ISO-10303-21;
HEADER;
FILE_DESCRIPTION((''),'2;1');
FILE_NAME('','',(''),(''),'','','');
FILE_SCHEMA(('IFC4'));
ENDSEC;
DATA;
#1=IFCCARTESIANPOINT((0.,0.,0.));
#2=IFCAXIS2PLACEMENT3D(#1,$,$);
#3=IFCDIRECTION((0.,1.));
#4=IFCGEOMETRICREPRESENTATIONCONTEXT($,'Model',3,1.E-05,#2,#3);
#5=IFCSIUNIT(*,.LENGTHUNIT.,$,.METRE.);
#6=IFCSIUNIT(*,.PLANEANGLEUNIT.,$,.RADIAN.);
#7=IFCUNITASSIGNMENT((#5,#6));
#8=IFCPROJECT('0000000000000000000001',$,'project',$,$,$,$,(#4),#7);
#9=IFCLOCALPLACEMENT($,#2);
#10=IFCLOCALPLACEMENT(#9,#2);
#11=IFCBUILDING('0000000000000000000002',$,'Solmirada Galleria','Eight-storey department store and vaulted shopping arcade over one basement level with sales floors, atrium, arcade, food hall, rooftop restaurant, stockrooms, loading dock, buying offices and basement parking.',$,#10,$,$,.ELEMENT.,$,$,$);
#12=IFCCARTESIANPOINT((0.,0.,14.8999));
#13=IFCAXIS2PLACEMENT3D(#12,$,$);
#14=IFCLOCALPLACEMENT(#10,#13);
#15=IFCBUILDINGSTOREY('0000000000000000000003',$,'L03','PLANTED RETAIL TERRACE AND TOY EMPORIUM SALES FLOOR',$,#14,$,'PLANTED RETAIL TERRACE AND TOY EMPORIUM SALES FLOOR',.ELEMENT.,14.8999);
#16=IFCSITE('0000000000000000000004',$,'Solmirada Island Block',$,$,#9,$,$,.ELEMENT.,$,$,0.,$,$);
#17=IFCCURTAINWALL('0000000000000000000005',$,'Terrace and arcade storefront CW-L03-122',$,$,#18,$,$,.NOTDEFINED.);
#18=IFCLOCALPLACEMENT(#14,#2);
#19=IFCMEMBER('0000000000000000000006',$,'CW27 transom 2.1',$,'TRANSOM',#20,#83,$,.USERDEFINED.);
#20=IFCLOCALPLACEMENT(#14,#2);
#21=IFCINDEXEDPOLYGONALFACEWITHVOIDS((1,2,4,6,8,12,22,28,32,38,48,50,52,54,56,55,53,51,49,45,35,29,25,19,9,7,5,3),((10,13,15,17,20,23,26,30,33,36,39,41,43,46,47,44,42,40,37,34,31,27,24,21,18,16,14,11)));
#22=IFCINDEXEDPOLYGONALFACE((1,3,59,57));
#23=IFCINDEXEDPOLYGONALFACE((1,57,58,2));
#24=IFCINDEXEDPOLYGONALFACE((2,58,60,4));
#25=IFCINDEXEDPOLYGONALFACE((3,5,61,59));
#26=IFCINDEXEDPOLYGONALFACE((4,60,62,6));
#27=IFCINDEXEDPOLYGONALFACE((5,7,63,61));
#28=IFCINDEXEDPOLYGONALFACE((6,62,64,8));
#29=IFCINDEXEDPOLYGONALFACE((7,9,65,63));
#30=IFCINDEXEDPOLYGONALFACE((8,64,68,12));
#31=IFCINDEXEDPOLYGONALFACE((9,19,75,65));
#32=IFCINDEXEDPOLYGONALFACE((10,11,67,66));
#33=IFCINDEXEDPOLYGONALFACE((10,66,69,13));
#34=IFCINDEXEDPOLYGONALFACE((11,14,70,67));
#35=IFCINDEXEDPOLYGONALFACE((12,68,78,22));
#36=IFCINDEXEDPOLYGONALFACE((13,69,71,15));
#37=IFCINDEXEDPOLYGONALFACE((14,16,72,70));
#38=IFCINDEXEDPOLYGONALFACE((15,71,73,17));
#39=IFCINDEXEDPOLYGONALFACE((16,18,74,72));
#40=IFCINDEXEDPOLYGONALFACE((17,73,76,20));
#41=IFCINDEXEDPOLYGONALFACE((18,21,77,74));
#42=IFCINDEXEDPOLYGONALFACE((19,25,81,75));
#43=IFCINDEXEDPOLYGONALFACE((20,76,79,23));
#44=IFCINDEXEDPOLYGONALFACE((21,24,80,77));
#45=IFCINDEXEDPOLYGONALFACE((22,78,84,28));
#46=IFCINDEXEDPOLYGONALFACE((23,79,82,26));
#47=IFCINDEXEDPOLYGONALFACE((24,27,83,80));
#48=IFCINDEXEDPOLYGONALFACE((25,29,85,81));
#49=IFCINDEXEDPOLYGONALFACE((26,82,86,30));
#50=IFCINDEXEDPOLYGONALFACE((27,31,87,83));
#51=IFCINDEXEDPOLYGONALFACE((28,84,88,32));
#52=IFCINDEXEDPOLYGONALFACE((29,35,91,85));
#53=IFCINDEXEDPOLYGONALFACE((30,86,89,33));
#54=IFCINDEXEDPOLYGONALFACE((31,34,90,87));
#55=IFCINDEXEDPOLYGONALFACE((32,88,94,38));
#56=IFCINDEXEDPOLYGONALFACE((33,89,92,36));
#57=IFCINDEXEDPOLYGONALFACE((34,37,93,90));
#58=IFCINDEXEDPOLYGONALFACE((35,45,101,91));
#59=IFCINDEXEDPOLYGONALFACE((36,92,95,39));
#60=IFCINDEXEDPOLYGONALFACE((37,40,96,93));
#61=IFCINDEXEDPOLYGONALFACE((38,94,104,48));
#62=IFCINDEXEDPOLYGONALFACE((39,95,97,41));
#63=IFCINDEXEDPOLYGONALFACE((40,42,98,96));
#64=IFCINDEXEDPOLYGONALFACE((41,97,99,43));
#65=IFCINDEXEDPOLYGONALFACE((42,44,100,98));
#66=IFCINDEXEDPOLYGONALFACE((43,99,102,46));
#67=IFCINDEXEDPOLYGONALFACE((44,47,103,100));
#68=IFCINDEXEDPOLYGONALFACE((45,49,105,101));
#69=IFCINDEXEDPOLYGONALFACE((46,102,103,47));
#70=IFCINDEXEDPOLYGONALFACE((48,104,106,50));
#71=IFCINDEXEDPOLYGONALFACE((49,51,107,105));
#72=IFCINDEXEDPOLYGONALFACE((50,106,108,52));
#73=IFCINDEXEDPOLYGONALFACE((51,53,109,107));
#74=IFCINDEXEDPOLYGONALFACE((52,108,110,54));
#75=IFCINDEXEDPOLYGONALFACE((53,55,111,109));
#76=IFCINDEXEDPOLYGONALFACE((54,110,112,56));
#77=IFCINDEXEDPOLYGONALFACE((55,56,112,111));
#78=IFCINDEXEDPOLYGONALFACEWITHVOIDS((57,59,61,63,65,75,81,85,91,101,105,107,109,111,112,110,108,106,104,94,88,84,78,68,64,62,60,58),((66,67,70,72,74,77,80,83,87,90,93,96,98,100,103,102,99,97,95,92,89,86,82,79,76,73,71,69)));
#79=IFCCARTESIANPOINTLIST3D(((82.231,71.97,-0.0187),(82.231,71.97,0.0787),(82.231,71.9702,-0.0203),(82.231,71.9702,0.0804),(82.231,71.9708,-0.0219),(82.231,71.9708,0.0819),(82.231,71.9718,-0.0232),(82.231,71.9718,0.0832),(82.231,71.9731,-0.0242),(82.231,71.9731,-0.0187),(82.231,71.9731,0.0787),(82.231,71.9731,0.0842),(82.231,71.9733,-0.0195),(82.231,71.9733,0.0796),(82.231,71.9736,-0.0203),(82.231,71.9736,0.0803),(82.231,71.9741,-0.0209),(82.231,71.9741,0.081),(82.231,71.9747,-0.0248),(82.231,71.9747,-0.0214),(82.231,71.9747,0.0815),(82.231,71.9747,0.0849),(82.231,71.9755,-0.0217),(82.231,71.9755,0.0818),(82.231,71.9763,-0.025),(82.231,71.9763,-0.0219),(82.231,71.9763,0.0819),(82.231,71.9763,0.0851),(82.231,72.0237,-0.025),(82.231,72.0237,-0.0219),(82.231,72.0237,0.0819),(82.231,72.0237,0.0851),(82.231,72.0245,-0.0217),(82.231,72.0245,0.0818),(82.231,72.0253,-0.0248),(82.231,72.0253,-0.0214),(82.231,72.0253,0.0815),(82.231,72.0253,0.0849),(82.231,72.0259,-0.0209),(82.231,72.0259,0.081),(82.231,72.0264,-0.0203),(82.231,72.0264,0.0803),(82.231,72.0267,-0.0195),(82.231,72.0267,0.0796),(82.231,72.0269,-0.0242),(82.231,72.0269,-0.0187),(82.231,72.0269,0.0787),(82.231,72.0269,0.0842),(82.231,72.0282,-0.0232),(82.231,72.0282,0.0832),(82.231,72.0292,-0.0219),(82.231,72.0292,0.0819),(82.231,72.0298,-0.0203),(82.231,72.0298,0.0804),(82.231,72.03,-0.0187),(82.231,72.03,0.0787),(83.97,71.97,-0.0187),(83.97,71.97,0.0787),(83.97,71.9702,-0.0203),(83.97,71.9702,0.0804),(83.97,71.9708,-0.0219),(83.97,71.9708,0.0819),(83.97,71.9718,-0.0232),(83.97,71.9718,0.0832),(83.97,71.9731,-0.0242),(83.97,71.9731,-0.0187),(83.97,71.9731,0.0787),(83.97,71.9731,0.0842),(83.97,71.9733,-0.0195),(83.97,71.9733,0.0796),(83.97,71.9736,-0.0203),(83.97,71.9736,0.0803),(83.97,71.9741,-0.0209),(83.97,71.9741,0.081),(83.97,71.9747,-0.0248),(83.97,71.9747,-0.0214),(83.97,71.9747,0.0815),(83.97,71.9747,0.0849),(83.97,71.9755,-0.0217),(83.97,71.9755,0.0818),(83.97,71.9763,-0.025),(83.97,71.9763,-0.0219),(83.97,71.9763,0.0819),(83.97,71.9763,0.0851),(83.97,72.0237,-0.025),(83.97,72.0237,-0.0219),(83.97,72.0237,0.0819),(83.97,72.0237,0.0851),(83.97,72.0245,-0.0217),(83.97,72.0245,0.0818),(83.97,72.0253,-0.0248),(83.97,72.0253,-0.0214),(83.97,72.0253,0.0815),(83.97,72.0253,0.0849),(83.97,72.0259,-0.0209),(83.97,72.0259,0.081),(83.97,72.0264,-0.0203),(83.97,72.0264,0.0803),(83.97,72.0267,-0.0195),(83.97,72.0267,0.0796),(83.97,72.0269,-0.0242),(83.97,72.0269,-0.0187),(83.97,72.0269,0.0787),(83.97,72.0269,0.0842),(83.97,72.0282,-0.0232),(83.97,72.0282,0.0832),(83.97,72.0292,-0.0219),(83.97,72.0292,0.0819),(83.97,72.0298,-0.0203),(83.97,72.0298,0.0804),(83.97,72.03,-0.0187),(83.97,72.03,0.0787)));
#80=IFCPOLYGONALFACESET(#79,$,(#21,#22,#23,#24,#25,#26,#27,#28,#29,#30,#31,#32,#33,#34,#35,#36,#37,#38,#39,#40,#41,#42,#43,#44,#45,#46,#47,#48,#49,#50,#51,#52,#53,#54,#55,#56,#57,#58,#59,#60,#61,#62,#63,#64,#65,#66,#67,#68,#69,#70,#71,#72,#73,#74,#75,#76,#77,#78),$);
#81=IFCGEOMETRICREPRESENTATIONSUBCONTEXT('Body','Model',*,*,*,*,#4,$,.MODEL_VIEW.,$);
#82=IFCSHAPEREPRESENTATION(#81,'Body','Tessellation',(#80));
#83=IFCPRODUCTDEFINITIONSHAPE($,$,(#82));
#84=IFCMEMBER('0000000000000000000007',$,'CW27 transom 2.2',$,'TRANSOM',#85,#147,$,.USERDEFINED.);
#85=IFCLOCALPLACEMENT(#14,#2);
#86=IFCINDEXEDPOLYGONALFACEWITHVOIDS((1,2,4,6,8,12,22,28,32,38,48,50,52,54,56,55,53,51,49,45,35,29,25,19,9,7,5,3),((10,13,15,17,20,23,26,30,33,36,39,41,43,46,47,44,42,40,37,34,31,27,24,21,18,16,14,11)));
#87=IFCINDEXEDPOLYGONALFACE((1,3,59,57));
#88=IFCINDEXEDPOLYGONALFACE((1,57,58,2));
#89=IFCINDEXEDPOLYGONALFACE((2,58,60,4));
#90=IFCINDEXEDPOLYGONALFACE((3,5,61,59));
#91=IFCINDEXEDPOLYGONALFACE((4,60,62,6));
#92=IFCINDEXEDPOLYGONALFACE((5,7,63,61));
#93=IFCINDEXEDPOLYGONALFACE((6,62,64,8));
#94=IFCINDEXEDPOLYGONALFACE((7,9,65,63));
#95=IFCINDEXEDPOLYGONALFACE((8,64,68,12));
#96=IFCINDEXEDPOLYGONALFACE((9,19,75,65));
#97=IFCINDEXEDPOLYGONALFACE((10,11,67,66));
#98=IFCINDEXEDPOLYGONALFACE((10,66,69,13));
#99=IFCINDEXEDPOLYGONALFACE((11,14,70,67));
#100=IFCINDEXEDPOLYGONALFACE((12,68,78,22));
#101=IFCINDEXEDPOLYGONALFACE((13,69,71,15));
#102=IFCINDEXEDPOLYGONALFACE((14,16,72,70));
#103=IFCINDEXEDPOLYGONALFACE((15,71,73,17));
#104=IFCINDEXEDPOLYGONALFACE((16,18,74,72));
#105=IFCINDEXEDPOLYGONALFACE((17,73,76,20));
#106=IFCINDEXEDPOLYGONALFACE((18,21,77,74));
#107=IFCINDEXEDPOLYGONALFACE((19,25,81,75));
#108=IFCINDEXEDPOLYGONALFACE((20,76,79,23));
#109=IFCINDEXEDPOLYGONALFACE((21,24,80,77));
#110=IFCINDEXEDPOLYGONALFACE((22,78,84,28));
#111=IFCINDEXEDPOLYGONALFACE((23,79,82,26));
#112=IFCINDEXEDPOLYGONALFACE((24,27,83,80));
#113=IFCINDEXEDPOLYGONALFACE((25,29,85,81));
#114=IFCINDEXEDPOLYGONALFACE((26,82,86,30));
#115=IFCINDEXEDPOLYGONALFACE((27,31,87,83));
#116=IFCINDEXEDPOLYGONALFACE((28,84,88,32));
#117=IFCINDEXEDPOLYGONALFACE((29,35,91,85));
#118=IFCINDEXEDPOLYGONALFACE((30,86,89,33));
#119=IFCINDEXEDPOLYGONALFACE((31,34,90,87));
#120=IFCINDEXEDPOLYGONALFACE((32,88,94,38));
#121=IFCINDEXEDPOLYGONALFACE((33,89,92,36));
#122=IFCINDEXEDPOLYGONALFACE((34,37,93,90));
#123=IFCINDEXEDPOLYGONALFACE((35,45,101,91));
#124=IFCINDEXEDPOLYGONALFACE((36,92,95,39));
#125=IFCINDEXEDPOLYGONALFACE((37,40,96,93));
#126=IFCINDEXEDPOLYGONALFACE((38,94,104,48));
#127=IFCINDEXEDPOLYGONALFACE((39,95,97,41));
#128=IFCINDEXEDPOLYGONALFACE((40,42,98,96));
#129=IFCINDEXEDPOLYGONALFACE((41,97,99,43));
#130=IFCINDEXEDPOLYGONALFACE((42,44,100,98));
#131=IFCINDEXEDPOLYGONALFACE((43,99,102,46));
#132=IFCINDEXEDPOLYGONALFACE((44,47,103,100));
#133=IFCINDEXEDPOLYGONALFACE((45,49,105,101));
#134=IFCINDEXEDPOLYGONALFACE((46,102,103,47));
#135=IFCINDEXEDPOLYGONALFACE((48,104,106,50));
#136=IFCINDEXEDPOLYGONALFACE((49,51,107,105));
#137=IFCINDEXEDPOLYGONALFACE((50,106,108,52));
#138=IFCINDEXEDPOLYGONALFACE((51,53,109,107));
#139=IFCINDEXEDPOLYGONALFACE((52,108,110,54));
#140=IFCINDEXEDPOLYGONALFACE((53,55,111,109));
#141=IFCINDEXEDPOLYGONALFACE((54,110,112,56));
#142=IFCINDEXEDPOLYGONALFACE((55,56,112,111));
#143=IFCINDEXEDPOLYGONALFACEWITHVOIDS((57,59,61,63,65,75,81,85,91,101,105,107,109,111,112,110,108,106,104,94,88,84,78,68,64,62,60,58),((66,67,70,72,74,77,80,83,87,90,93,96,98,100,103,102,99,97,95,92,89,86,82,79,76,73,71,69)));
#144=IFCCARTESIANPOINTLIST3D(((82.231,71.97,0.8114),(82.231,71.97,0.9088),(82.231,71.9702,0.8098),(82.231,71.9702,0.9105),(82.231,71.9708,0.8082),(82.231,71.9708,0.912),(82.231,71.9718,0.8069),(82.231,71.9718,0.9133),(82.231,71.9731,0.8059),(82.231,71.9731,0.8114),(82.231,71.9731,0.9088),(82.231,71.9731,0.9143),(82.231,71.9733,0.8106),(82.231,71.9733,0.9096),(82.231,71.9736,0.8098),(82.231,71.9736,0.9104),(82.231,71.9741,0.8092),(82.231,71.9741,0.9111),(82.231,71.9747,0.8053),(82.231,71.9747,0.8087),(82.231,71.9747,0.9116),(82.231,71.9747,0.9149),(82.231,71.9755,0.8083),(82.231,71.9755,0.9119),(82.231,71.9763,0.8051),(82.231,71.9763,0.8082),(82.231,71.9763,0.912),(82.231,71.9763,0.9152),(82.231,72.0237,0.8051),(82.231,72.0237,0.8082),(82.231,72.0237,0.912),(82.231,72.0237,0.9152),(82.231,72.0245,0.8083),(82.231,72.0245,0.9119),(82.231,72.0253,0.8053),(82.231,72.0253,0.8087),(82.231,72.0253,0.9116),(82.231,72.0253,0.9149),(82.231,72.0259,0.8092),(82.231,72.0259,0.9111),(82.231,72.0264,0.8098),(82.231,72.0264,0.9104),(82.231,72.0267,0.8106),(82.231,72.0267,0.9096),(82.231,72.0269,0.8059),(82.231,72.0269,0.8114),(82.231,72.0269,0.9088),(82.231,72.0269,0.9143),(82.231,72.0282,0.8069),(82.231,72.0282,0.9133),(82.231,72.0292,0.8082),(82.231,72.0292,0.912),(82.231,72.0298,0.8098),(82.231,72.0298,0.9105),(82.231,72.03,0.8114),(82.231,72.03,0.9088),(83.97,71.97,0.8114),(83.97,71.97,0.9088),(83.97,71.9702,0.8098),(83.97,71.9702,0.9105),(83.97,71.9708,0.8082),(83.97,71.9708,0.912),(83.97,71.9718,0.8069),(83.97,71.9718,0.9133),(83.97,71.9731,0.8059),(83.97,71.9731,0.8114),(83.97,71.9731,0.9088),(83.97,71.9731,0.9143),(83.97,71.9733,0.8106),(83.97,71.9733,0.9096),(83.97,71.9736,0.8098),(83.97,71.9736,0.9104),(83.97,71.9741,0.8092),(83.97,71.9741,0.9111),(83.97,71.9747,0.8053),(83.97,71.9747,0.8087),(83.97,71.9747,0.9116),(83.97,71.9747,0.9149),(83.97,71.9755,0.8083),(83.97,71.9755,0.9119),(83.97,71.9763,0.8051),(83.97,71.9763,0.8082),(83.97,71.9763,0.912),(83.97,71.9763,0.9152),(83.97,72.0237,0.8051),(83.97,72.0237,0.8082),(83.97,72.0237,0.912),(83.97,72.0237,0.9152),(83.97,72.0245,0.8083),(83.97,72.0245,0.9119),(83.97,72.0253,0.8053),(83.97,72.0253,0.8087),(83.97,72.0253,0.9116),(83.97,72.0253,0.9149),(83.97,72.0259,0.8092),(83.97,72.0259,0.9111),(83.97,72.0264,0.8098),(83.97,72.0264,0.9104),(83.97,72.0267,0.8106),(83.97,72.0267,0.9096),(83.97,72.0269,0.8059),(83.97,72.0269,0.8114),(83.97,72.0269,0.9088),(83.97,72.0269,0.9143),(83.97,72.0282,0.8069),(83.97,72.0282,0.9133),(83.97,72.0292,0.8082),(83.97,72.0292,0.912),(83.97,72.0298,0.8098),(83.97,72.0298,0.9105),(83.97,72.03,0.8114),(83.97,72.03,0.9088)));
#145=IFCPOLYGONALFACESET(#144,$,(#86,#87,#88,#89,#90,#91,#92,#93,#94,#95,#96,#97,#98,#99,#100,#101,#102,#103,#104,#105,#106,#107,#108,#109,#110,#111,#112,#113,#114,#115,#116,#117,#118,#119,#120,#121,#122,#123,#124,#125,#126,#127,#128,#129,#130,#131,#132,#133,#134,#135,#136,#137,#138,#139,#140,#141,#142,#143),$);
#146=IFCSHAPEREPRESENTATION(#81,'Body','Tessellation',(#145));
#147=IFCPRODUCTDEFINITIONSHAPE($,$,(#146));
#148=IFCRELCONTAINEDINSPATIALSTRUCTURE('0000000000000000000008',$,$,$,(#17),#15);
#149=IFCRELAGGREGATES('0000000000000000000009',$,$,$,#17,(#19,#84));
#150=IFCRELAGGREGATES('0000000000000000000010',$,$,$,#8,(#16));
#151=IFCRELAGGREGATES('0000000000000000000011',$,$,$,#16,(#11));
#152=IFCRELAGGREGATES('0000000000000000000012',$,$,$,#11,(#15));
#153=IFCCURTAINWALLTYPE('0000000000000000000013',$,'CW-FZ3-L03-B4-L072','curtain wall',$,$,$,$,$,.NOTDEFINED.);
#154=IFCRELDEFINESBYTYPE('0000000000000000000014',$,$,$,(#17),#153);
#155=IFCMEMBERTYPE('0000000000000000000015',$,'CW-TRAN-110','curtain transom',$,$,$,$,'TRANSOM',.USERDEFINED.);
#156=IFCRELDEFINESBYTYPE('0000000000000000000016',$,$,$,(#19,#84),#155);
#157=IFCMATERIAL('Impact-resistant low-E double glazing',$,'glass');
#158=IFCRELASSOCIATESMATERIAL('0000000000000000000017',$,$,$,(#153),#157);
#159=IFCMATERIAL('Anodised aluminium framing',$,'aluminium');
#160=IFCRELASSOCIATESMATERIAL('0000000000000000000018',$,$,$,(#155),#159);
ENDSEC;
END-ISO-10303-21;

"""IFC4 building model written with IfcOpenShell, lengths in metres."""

from ifc_helpers import new_model, si_unit, direction, frame, origin, origin_2d, place, context, subcontext, project, spatial, hollow_rectangle, extrude, material, material_profile, profile_set, type_object, element, aggregate, save


model = new_model("IFC4")

# Units and contexts
model_context = context("Model", 3, precision=1e-05, world=origin(), true_north=direction((0.0, 1.0)))
body_context = subcontext(model_context, "Body", "Model", "MODEL_VIEW")
ifc_project = project(units=[si_unit("LENGTHUNIT", "METRE"), si_unit("PLANEANGLEUNIT", "RADIAN")], contexts=[model_context])

# Site, building, storey
site_placement = place(None, origin())
site = spatial("IfcSite", under=ifc_project, at=site_placement, Name="Solmirada Island Block", CompositionType="ELEMENT", RefElevation=0.0)
building_placement = place(site_placement, origin())
building = spatial("IfcBuilding", under=site, at=building_placement, Name="Solmirada Galleria", Description="Eight-storey department store and vaulted shopping arcade over one basement level with sales floors, atrium, arcade, food hall, rooftop restaurant, stockrooms, loading dock, buying offices and basement parking.", CompositionType="ELEMENT")
storey_placement = place(building_placement, frame((0.0, 0.0, 14.8999)))
storey = spatial("IfcBuildingStorey", under=building, at=storey_placement, Name="L03", Description="PLANTED RETAIL TERRACE AND TOY EMPORIUM SALES FLOOR", LongName="PLANTED RETAIL TERRACE AND TOY EMPORIUM SALES FLOOR", CompositionType="ELEMENT", Elevation=14.8999)

# Shared definitions
ifc_material_1 = material(Name="Impact-resistant low-E double glazing", Category="glass")
curtain_wall_type = type_object("IfcCurtainWallType", Name="CW-FZ3-L03-B4-L072", Description="curtain wall", PredefinedType="NOTDEFINED", material=ifc_material_1)
ifc_material_2 = material(Name="Anodised aluminium framing", Category="aluminium")

# Curtain wall, members
curtain_wall_1_placement = place(storey_placement, origin())
curtain_wall_1 = element("IfcCurtainWall", 1, at=curtain_wall_1_placement, inside=storey, type_object=curtain_wall_type, Name="Terrace and arcade storefront CW-L03-122", PredefinedType="NOTDEFINED")
ifc_material_profile_1 = material_profile(ifc_material_2, hollow_rectangle(XDim=0.0601, YDim=0.1101, WallThickness=0.0032, InnerFilletRadius=0.0032, OuterFilletRadius=0.0063, at=origin_2d()), Name="ALU-TRAN-110X60")
ifc_profile_set_1 = profile_set([ifc_material_profile_1], Name="Anodised aluminium framing")
member_type_1 = type_object("IfcMemberType", Name="CW-TRAN-110", Description="curtain transom", ElementType="TRANSOM", PredefinedType="USERDEFINED", material=ifc_profile_set_1)
member_1_placement = place(storey_placement, frame((82.231, 72.0, 0.03), z_axis=(1.0, 0.0, 0.0), x_axis=(0.0, 1.0, 0.0)))
member_1 = element("IfcMember", 2, at=member_1_placement, type_object=member_type_1, Name="CW27 transom 2.1", ObjectType="TRANSOM", PredefinedType="USERDEFINED", context=body_context, shape_type="SweptSolid", body=[
    extrude(hollow_rectangle(XDim=0.0601, YDim=0.1101, WallThickness=0.0032, InnerFilletRadius=0.0032, OuterFilletRadius=0.0063, at=origin_2d()), origin(), (0.0, 0.0, 1.0), 1.739),
])
member_2_placement = place(storey_placement, frame((82.231, 72.0, 0.8601), z_axis=(1.0, 0.0, 0.0), x_axis=(0.0, 1.0, 0.0)))
member_2 = element("IfcMember", 3, at=member_2_placement, type_object=member_type_1, Name="CW27 transom 2.2", ObjectType="TRANSOM", PredefinedType="USERDEFINED", context=body_context, shape_type="SweptSolid", body=[
    extrude(hollow_rectangle(XDim=0.0601, YDim=0.1101, WallThickness=0.0032, InnerFilletRadius=0.0032, OuterFilletRadius=0.0063, at=origin_2d()), origin(), (0.0, 0.0, 1.0), 1.739),
])
aggregate(curtain_wall_1, [member_1, member_2])

save(model, "model.ifc")
